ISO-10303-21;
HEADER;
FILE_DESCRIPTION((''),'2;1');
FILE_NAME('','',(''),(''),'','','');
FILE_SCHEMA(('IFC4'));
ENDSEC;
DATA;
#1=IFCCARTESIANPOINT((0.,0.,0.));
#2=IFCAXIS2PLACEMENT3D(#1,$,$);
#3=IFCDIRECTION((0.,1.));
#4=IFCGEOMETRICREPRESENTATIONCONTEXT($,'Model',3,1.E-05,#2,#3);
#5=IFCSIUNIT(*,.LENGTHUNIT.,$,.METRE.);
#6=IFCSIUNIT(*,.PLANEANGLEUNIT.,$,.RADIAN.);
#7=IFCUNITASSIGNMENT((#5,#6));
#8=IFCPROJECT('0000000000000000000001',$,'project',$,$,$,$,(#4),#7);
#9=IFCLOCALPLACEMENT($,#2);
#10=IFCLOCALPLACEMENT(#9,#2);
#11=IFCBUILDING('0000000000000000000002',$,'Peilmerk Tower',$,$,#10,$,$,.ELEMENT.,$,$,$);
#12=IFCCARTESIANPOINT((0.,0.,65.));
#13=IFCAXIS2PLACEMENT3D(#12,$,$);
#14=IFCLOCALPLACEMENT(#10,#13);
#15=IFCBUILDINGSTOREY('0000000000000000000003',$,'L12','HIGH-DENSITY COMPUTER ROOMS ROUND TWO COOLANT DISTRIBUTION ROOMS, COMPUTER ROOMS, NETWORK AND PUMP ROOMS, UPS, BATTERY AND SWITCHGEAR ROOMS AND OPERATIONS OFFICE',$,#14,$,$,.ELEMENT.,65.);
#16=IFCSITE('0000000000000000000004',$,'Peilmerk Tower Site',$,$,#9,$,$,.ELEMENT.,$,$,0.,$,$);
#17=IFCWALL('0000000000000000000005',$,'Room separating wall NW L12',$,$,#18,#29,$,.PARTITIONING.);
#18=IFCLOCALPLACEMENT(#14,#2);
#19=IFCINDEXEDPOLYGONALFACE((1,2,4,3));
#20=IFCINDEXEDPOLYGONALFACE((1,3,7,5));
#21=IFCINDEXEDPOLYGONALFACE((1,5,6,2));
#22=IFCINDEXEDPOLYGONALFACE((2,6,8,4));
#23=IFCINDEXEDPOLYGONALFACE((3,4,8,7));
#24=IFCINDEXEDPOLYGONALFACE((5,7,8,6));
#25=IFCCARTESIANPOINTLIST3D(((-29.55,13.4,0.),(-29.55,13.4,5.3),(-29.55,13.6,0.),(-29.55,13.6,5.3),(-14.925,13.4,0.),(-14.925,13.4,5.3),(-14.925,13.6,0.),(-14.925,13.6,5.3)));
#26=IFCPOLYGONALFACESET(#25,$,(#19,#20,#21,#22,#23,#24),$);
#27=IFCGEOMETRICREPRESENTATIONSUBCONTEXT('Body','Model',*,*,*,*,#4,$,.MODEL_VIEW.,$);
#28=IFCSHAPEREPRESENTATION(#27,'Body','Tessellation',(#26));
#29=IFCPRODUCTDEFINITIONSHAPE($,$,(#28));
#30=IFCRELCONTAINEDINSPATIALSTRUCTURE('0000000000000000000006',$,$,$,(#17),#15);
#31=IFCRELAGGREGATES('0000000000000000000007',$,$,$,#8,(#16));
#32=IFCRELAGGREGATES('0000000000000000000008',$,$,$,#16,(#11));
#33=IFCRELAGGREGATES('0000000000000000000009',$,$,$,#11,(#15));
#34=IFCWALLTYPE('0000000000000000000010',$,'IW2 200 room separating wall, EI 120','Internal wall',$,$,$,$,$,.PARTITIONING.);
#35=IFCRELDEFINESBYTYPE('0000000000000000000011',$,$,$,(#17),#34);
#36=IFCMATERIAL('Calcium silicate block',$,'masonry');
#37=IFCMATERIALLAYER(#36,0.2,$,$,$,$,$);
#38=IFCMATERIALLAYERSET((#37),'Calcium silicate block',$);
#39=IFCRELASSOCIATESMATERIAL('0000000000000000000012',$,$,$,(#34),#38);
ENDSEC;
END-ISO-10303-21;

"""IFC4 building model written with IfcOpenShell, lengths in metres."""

from ifc_helpers import new_model, si_unit, direction, frame, frame_2d, origin, place, context, subcontext, project, spatial, rectangle, extrude, material, layer, layer_set, type_object, element, save


model = new_model("IFC4")

# Units and contexts
model_context = context("Model", 3, precision=1e-05, world=origin(), true_north=direction((0.0, 1.0)))
body_context = subcontext(model_context, "Body", "Model", "MODEL_VIEW")
ifc_project = project(units=[si_unit("LENGTHUNIT", "METRE"), si_unit("PLANEANGLEUNIT", "RADIAN")], contexts=[model_context])

# Site, building, storey
site_placement = place(None, origin())
site = spatial("IfcSite", under=ifc_project, at=site_placement, Name="Peilmerk Tower Site", CompositionType="ELEMENT", RefElevation=0.0)
building_placement = place(site_placement, origin())
building = spatial("IfcBuilding", under=site, at=building_placement, Name="Peilmerk Tower", CompositionType="ELEMENT")
storey_placement = place(building_placement, frame((0.0, 0.0, 65.0)))
storey = spatial("IfcBuildingStorey", under=building, at=storey_placement, Name="L12", Description="HIGH-DENSITY COMPUTER ROOMS ROUND TWO COOLANT DISTRIBUTION ROOMS, COMPUTER ROOMS, NETWORK AND PUMP ROOMS, UPS, BATTERY AND SWITCHGEAR ROOMS AND OPERATIONS OFFICE", CompositionType="ELEMENT", Elevation=65.0)

# Wall
ifc_material_1 = material(Name="Calcium silicate block", Category="masonry")
ifc_layer = layer(ifc_material_1, 0.2)
ifc_layer_set = layer_set([ifc_layer], Name="Calcium silicate block")
wall_type = type_object("IfcWallType", Name="IW2 200 room separating wall, EI 120", Description="Internal wall", PredefinedType="PARTITIONING", material=ifc_layer_set)
wall_placement = place(storey_placement, frame((-29.55, 13.5, 0.0), z_axis=(0.0, 0.0, 1.0), x_axis=(1.0, 0.0, 0.0)))
element("IfcWall", 1, at=wall_placement, inside=storey, type_object=wall_type, Name="Room separating wall NW L12", PredefinedType="PARTITIONING", context=body_context, shape_type="SweptSolid", body=[
    extrude(rectangle(XDim=14.625, YDim=0.2, at=frame_2d((7.3125, 0.0))), origin(), (0.0, 0.0, 1.0), 5.3),
])

save(model, "model.ifc")
